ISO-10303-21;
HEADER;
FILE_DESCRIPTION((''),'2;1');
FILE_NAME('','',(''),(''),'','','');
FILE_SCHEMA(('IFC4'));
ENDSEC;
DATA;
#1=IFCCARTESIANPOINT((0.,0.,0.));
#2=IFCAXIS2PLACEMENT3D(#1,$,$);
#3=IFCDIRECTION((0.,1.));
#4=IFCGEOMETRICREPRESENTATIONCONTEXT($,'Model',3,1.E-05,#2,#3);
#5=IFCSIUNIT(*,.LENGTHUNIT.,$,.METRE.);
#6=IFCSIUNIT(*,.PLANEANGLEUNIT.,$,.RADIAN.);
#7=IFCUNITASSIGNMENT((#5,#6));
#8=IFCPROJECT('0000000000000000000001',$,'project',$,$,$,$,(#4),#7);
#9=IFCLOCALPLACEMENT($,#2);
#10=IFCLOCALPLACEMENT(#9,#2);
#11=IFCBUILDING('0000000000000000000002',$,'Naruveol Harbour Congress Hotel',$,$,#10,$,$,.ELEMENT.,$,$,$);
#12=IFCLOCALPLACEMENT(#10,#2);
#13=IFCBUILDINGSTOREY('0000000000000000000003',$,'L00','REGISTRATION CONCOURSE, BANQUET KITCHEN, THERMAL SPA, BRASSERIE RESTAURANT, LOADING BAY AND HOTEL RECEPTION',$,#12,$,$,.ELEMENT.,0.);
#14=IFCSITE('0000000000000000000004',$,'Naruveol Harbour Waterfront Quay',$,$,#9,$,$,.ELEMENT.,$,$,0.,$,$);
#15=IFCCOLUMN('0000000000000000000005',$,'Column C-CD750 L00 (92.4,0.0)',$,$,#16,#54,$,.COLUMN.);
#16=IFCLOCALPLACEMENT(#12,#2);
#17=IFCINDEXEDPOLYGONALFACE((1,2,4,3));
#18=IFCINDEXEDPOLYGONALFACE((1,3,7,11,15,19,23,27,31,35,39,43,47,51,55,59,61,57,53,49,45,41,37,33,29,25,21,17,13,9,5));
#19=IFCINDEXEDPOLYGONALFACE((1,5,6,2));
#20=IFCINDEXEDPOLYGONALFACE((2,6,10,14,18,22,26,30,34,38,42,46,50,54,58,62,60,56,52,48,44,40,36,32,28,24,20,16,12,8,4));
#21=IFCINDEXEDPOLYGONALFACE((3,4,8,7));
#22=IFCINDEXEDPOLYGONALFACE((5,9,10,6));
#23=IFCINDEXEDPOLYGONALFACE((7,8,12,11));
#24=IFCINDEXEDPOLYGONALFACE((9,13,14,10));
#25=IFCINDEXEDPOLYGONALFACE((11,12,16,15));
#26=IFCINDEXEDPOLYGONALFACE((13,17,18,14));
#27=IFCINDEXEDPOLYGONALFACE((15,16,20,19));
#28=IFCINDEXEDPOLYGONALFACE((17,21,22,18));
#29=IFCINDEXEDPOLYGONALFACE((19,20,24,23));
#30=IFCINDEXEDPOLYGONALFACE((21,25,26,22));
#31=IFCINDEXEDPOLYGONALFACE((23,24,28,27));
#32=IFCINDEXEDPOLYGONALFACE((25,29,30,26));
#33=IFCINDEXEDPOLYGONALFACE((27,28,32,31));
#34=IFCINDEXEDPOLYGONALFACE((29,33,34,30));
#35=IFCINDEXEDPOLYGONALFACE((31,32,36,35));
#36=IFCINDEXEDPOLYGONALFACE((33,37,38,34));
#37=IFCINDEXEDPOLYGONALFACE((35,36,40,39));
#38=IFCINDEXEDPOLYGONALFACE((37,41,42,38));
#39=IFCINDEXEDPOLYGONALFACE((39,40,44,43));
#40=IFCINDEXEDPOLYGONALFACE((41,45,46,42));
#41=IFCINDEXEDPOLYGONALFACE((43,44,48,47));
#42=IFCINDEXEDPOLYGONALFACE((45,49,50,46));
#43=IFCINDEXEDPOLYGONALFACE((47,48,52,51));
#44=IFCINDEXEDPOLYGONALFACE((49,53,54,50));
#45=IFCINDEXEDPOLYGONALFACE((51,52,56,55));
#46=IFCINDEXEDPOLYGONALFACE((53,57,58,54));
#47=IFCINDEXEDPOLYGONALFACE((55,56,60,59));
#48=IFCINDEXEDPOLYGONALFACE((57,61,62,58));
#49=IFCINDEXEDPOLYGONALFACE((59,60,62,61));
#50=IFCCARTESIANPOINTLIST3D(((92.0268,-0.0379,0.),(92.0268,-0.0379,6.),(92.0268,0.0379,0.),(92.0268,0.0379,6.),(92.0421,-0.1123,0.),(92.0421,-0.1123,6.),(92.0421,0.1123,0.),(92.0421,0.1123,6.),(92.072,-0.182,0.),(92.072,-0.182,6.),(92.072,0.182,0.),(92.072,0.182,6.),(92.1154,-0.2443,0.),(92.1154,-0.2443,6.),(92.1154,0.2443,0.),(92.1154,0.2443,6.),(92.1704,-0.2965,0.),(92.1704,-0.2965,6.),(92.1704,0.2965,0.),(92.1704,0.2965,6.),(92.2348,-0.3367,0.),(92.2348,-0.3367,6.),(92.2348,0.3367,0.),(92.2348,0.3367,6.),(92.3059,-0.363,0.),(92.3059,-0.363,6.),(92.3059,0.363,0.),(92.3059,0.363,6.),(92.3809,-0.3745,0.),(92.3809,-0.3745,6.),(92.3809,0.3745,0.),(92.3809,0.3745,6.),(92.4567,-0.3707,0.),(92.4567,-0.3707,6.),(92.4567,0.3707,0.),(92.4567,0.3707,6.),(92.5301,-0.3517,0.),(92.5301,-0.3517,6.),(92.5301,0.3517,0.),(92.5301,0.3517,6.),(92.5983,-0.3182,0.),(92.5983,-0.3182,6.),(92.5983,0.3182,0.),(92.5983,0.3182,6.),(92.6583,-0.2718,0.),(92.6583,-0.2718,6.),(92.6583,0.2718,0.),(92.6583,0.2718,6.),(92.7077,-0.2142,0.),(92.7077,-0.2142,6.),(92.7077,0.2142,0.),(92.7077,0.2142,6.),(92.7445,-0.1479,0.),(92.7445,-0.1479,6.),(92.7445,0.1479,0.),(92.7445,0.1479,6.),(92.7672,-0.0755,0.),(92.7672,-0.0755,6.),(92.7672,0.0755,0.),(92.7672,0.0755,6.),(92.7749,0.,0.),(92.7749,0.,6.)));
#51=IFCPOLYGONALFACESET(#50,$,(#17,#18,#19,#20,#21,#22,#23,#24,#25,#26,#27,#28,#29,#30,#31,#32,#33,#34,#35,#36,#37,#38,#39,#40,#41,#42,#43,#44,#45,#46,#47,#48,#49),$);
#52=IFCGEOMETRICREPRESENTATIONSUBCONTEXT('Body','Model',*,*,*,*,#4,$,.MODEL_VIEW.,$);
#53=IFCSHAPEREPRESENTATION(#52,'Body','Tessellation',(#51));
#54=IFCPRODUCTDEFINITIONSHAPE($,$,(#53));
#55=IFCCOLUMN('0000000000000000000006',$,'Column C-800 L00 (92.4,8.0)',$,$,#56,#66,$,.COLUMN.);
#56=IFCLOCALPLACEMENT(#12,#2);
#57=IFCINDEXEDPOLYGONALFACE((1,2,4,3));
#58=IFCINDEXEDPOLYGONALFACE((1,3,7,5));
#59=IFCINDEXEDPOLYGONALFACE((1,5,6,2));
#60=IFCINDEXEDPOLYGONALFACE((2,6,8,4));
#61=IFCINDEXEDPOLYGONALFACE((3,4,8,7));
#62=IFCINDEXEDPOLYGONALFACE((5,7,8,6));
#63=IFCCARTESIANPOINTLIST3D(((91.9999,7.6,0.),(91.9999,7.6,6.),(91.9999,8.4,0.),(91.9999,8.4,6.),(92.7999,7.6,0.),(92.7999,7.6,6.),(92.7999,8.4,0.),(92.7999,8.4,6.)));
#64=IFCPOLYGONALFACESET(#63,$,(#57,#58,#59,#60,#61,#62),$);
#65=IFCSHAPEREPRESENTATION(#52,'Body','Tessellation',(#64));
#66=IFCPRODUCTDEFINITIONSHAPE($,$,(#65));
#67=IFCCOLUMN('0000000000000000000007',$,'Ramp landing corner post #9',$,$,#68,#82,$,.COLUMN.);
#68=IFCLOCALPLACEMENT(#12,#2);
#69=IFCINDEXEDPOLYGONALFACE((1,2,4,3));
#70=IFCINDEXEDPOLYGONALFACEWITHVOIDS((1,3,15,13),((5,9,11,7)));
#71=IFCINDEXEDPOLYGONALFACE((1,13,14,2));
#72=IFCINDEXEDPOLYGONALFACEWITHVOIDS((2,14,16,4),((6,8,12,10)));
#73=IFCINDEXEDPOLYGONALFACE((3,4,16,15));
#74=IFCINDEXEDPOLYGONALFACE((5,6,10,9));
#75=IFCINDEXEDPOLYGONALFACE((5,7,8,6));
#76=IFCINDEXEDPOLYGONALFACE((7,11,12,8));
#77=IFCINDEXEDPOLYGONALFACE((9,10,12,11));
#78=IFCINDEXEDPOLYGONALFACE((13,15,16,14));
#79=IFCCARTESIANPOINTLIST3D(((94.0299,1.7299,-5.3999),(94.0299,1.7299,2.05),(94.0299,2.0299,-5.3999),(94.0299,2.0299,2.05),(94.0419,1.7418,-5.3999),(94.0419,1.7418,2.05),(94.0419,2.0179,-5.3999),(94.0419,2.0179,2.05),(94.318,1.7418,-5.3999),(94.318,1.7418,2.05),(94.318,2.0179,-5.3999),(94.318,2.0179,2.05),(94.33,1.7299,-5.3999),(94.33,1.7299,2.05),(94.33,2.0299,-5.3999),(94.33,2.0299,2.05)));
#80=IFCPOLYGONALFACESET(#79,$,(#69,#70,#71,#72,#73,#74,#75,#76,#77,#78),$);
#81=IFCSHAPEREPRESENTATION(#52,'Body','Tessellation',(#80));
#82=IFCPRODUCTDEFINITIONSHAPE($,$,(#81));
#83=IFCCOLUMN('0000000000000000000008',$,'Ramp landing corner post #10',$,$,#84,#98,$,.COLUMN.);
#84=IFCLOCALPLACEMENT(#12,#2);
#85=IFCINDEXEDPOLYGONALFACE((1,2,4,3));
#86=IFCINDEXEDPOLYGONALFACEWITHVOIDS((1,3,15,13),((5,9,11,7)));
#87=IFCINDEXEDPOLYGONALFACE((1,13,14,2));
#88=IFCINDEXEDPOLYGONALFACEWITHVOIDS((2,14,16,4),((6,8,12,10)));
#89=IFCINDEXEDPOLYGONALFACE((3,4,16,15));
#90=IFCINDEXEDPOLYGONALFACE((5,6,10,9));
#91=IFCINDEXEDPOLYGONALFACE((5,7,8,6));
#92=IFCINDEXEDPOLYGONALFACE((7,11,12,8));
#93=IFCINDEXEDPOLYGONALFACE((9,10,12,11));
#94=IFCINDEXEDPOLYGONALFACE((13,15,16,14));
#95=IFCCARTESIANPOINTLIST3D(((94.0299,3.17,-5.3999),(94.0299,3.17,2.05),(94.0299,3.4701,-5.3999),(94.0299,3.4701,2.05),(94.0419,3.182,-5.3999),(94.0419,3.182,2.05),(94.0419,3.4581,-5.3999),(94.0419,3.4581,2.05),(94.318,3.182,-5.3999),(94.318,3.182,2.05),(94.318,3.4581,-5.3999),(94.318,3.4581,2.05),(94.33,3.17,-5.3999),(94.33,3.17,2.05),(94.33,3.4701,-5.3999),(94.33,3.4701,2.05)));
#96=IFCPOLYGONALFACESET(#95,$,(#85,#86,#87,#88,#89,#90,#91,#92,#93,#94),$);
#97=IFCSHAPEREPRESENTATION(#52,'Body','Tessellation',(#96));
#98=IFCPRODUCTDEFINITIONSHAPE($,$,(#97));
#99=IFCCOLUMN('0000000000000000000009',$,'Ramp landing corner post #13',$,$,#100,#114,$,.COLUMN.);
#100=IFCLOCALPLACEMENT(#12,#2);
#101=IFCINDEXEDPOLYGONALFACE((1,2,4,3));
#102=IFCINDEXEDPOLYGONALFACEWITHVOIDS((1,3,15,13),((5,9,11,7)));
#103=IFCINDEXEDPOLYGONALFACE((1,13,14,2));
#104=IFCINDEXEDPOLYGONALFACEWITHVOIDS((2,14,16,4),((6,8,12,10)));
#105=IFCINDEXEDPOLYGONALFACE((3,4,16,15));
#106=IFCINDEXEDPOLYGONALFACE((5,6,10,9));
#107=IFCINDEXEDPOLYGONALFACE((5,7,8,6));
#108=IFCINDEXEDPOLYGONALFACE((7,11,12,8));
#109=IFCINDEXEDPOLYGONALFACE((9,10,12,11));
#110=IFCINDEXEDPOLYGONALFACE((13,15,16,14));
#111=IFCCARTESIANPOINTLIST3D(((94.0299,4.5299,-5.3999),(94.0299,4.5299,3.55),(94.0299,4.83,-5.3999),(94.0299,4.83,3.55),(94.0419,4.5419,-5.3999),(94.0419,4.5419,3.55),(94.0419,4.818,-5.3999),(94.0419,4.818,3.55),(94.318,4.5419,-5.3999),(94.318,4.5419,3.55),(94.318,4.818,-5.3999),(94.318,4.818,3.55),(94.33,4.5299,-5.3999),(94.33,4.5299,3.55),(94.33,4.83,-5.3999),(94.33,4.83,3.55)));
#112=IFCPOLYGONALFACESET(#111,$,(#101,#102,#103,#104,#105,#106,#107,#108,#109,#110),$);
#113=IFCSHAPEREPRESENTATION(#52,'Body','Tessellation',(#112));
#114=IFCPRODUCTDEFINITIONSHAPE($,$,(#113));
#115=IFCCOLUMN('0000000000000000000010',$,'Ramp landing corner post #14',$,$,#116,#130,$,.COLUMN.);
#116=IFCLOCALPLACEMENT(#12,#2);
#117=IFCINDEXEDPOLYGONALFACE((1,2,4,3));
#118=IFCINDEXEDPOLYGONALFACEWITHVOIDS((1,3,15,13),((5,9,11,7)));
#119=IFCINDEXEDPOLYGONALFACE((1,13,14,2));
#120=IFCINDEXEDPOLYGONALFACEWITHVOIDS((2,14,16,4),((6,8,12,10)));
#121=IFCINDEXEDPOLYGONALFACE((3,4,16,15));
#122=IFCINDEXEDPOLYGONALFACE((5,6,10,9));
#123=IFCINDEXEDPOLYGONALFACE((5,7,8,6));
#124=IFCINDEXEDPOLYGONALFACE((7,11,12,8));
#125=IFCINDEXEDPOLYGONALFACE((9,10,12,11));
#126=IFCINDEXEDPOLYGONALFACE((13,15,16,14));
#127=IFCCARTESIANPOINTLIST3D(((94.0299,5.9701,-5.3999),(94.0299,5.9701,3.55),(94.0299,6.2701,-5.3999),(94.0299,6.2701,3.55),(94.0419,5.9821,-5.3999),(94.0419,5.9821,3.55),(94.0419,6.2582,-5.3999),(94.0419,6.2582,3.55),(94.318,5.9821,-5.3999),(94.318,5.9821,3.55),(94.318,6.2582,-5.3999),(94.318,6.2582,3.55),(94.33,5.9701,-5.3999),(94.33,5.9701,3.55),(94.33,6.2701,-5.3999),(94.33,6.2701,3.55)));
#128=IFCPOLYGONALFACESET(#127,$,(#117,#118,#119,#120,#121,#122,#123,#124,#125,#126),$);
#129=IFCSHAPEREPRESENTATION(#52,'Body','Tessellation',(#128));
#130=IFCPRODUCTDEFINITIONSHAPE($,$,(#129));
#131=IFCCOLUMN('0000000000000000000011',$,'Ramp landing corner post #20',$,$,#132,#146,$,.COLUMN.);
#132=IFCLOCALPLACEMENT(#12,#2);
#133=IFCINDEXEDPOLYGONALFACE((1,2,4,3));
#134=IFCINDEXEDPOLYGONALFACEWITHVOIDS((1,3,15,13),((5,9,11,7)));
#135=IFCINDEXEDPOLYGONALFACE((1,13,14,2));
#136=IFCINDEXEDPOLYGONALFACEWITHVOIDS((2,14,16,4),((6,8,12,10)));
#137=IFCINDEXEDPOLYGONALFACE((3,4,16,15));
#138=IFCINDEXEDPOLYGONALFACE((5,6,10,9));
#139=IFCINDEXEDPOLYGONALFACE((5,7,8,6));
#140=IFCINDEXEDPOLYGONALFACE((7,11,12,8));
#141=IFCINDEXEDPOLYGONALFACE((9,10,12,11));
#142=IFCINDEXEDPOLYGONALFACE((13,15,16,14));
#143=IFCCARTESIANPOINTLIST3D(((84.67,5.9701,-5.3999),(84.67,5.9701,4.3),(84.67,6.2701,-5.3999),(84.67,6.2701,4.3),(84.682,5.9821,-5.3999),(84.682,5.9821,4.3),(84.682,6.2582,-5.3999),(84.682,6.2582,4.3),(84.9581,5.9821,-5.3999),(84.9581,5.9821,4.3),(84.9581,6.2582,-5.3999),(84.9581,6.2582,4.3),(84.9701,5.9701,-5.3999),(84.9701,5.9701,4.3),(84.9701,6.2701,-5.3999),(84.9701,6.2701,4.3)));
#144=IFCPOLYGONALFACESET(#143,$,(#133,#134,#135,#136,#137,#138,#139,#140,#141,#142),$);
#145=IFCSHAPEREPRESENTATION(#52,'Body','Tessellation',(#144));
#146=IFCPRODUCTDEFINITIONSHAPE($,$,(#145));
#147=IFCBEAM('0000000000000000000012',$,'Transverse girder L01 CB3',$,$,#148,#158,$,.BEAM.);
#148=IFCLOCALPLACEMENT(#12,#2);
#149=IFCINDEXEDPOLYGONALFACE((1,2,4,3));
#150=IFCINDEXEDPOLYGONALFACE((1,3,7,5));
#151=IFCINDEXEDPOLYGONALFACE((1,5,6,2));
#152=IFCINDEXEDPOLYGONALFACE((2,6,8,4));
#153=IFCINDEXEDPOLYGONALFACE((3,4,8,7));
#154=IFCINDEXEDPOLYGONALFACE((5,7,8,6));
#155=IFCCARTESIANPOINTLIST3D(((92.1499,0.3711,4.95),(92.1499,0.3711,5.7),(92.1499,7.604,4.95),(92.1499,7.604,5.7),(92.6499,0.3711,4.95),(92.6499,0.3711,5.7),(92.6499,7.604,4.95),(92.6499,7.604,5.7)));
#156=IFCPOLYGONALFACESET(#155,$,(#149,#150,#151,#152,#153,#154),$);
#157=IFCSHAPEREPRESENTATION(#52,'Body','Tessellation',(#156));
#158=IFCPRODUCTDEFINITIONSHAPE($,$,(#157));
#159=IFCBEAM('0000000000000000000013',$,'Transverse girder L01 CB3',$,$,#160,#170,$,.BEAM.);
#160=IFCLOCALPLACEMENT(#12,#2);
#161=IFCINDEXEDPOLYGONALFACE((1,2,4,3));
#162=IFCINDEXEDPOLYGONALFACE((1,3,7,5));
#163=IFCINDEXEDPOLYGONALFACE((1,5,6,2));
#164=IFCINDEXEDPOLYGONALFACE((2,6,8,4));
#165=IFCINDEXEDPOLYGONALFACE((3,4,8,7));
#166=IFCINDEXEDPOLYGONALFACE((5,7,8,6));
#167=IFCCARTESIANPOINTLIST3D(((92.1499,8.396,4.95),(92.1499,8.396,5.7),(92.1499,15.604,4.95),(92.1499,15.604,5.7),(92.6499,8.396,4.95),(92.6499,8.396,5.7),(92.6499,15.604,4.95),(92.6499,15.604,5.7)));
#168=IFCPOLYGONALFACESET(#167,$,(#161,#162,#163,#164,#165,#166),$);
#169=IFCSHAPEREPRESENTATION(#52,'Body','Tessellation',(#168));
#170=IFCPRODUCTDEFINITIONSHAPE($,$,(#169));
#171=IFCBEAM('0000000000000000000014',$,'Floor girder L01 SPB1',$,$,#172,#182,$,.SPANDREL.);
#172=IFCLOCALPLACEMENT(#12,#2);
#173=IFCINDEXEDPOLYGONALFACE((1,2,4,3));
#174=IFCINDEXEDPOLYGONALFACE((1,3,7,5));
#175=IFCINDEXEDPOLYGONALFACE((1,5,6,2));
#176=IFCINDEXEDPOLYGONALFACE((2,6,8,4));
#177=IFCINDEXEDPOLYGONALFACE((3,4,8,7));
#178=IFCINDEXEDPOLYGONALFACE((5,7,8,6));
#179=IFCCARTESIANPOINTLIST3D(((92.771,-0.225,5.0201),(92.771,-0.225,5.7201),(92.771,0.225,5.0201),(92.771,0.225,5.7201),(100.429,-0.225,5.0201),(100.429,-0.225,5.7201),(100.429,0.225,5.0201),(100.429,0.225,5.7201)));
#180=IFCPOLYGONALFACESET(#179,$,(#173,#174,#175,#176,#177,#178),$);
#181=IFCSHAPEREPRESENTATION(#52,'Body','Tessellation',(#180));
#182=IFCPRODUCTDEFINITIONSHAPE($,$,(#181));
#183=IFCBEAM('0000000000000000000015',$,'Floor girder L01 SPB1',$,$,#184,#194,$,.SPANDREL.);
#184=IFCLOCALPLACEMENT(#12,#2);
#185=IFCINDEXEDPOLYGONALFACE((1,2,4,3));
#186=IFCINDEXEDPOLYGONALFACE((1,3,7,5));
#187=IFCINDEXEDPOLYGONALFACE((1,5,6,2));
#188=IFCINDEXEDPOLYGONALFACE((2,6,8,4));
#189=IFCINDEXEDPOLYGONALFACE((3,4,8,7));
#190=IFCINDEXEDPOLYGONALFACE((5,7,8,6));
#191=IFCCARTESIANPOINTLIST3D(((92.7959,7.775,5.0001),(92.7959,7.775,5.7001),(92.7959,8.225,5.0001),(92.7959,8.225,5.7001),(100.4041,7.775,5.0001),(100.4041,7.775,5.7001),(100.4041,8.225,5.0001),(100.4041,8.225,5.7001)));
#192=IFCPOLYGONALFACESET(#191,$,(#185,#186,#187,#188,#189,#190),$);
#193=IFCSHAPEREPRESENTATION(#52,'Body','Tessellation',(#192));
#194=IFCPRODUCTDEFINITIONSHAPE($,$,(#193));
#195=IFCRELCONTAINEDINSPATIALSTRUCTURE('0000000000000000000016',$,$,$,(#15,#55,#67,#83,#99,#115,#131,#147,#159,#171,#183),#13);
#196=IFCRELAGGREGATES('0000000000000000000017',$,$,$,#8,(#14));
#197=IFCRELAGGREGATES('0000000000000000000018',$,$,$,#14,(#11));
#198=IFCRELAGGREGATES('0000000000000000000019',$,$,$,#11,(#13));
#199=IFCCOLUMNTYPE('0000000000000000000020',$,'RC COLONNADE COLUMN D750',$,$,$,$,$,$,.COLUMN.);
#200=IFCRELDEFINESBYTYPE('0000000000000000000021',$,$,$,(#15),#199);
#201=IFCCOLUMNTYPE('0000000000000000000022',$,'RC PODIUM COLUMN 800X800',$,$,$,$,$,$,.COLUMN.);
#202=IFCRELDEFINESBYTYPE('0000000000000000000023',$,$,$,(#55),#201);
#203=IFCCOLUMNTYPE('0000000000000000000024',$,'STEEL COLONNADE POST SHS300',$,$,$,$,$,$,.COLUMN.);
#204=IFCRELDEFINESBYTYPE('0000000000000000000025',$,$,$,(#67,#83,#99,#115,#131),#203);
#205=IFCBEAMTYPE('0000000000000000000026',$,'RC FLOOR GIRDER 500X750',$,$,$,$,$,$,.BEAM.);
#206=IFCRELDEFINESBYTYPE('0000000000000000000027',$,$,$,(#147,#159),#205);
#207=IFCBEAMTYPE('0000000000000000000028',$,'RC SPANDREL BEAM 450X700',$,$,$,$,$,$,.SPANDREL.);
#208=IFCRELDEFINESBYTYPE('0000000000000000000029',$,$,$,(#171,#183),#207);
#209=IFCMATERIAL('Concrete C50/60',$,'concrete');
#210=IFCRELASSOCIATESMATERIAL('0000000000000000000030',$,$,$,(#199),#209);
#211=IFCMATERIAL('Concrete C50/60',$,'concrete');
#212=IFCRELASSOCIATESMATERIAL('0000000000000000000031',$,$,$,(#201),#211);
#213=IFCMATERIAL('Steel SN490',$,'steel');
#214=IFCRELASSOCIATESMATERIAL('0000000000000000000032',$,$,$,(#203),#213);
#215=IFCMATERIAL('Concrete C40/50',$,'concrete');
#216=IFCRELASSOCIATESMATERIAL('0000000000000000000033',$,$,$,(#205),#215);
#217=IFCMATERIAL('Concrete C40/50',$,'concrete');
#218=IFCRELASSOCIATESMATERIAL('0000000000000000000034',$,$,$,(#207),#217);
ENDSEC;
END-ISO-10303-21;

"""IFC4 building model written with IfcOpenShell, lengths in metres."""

from ifc_helpers import new_model, si_unit, direction, frame, origin, origin_2d, place, context, subcontext, project, spatial, rectangle, hollow_rectangle, circle, extrude, material, material_profile, profile_set, type_object, element, save


model = new_model("IFC4")

# Units and contexts
model_context = context("Model", 3, precision=1e-05, world=origin(), true_north=direction((0.0, 1.0)))
body_context = subcontext(model_context, "Body", "Model", "MODEL_VIEW")
ifc_project = project(units=[si_unit("LENGTHUNIT", "METRE"), si_unit("PLANEANGLEUNIT", "RADIAN")], contexts=[model_context])

# Site, building, storey
site_placement = place(None, origin())
site = spatial("IfcSite", under=ifc_project, at=site_placement, Name="Naruveol Harbour Waterfront Quay", CompositionType="ELEMENT", RefElevation=0.0)
building_placement = place(site_placement, origin())
building = spatial("IfcBuilding", under=site, at=building_placement, Name="Naruveol Harbour Congress Hotel", CompositionType="ELEMENT")
storey_placement = place(building_placement, origin())
storey = spatial("IfcBuildingStorey", under=building, at=storey_placement, Name="L00", Description="REGISTRATION CONCOURSE, BANQUET KITCHEN, THERMAL SPA, BRASSERIE RESTAURANT, LOADING BAY AND HOTEL RECEPTION", CompositionType="ELEMENT", Elevation=0.0)

# Columns
ifc_material_1 = material(Name="Concrete C50/60", Category="concrete")
ifc_material_profile_1 = material_profile(ifc_material_1, circle(Radius=0.375, at=origin_2d()), Name="RC-D750")
ifc_profile_set_1 = profile_set([ifc_material_profile_1], Name="Concrete C50/60")
column_type_1 = type_object("IfcColumnType", Name="RC COLONNADE COLUMN D750", PredefinedType="COLUMN", material=ifc_profile_set_1)
column_1_placement = place(storey_placement, frame((92.3999, 0.0, 0.0), z_axis=(0.0, 0.0, 1.0), x_axis=(1.0, 0.0, 0.0)))
element("IfcColumn", 1, at=column_1_placement, inside=storey, type_object=column_type_1, Name="Column C-CD750 L00 (92.4,0.0)", PredefinedType="COLUMN", context=body_context, shape_type="SweptSolid", body=[
    extrude(circle(Radius=0.375, at=origin_2d()), origin(), (0.0, 0.0, 1.0), 6.0),
])
ifc_material_2 = material(Name="Concrete C50/60", Category="concrete")
ifc_material_profile_2 = material_profile(ifc_material_2, rectangle(XDim=0.8, YDim=0.8, at=origin_2d()), Name="RC-800x800")
ifc_profile_set_2 = profile_set([ifc_material_profile_2], Name="Concrete C50/60")
column_type_2 = type_object("IfcColumnType", Name="RC PODIUM COLUMN 800X800", PredefinedType="COLUMN", material=ifc_profile_set_2)
column_2_placement = place(storey_placement, frame((92.3999, 8.0, 0.0), z_axis=(0.0, 0.0, 1.0), x_axis=(1.0, 0.0, 0.0)))
element("IfcColumn", 2, at=column_2_placement, inside=storey, type_object=column_type_2, Name="Column C-800 L00 (92.4,8.0)", PredefinedType="COLUMN", context=body_context, shape_type="SweptSolid", body=[
    extrude(rectangle(XDim=0.8, YDim=0.8, at=origin_2d()), origin(), (0.0, 0.0, 1.0), 6.0),
])
ifc_material_3 = material(Name="Steel SN490", Category="steel")
ifc_material_profile_3 = material_profile(ifc_material_3, hollow_rectangle(XDim=0.3, YDim=0.3, WallThickness=0.012, at=origin_2d()), Name="SHS-300x300x12")
ifc_profile_set_3 = profile_set([ifc_material_profile_3], Name="Steel SN490")
column_type_3 = type_object("IfcColumnType", Name="STEEL COLONNADE POST SHS300", PredefinedType="COLUMN", material=ifc_profile_set_3)
for number, where, z_axis, x_axis, name in (
    (3, (94.1799, 1.8799, -5.3999), (0.0, 0.0, 1.0), (1.0, 0.0, 0.0), "Ramp landing corner post #9"),
    (4, (94.1799, 3.3201, -5.3999), (0.0, 0.0, 1.0), (1.0, 0.0, 0.0), "Ramp landing corner post #10"),
):
    element("IfcColumn", number, at=place(storey_placement, frame(where, z_axis=z_axis, x_axis=x_axis)), inside=storey, type_object=column_type_3, Name=name, PredefinedType="COLUMN", context=body_context, shape_type="SweptSolid", body=[
        extrude(hollow_rectangle(XDim=0.3, YDim=0.3, WallThickness=0.012, at=origin_2d()), origin(), (0.0, 0.0, 1.0), 7.45),
    ])
for number, where, z_axis, x_axis, name in (
    (5, (94.1799, 4.6799, -5.3999), (0.0, 0.0, 1.0), (1.0, 0.0, 0.0), "Ramp landing corner post #13"),
    (6, (94.1799, 6.1201, -5.3999), (0.0, 0.0, 1.0), (1.0, 0.0, 0.0), "Ramp landing corner post #14"),
):
    element("IfcColumn", number, at=place(storey_placement, frame(where, z_axis=z_axis, x_axis=x_axis)), inside=storey, type_object=column_type_3, Name=name, PredefinedType="COLUMN", context=body_context, shape_type="SweptSolid", body=[
        extrude(hollow_rectangle(XDim=0.3, YDim=0.3, WallThickness=0.012, at=origin_2d()), origin(), (0.0, 0.0, 1.0), 8.95),
    ])
column_3_placement = place(storey_placement, frame((84.8201, 6.1201, -5.3999), z_axis=(0.0, 0.0, 1.0), x_axis=(1.0, 0.0, 0.0)))
element("IfcColumn", 7, at=column_3_placement, inside=storey, type_object=column_type_3, Name="Ramp landing corner post #20", PredefinedType="COLUMN", context=body_context, shape_type="SweptSolid", body=[
    extrude(hollow_rectangle(XDim=0.3, YDim=0.3, WallThickness=0.012, at=origin_2d()), origin(), (0.0, 0.0, 1.0), 9.7),
])

# Beams
ifc_material_4 = material(Name="Concrete C40/50", Category="concrete")
ifc_material_profile_4 = material_profile(ifc_material_4, rectangle(XDim=0.5, YDim=0.75, at=origin_2d()), Name="RCB-500x750")
ifc_profile_set_4 = profile_set([ifc_material_profile_4], Name="Concrete C40/50")
beam_type_1 = type_object("IfcBeamType", Name="RC FLOOR GIRDER 500X750", PredefinedType="BEAM", material=ifc_profile_set_4)
beam_1_placement = place(storey_placement, frame((92.3999, 0.3711, 5.325), z_axis=(0.0, 1.0, 0.0), x_axis=(-1.0, 0.0, 0.0)))
element("IfcBeam", 8, at=beam_1_placement, inside=storey, type_object=beam_type_1, Name="Transverse girder L01 CB3", PredefinedType="BEAM", context=body_context, shape_type="SweptSolid", body=[
    extrude(rectangle(XDim=0.5, YDim=0.75, at=origin_2d()), origin(), (0.0, 0.0, 1.0), 7.2329),
])
beam_2_placement = place(storey_placement, frame((92.3999, 8.396, 5.325), z_axis=(0.0, 1.0, 0.0), x_axis=(-1.0, 0.0, 0.0)))
element("IfcBeam", 9, at=beam_2_placement, inside=storey, type_object=beam_type_1, Name="Transverse girder L01 CB3", PredefinedType="BEAM", context=body_context, shape_type="SweptSolid", body=[
    extrude(rectangle(XDim=0.5, YDim=0.75, at=origin_2d()), origin(), (0.0, 0.0, 1.0), 7.208),
])
ifc_material_5 = material(Name="Concrete C40/50", Category="concrete")
ifc_material_profile_5 = material_profile(ifc_material_5, rectangle(XDim=0.45, YDim=0.7, at=origin_2d()), Name="RCB-450x700")
ifc_profile_set_5 = profile_set([ifc_material_profile_5], Name="Concrete C40/50")
beam_type_2 = type_object("IfcBeamType", Name="RC SPANDREL BEAM 450X700", PredefinedType="SPANDREL", material=ifc_profile_set_5)
beam_3_placement = place(storey_placement, frame((92.771, 0.0, 5.3701), z_axis=(1.0, 0.0, 0.0), x_axis=(0.0, 1.0, 0.0)))
element("IfcBeam", 10, at=beam_3_placement, inside=storey, type_object=beam_type_2, Name="Floor girder L01 SPB1", PredefinedType="SPANDREL", context=body_context, shape_type="SweptSolid", body=[
    extrude(rectangle(XDim=0.45, YDim=0.7, at=origin_2d()), origin(), (0.0, 0.0, 1.0), 7.658),
])
beam_4_placement = place(storey_placement, frame((92.7959, 8.0, 5.3501), z_axis=(1.0, 0.0, 0.0), x_axis=(0.0, 1.0, 0.0)))
element("IfcBeam", 11, at=beam_4_placement, inside=storey, type_object=beam_type_2, Name="Floor girder L01 SPB1", PredefinedType="SPANDREL", context=body_context, shape_type="SweptSolid", body=[
    extrude(rectangle(XDim=0.45, YDim=0.7, at=origin_2d()), origin(), (0.0, 0.0, 1.0), 7.6082),
])

save(model, "model.ifc")
